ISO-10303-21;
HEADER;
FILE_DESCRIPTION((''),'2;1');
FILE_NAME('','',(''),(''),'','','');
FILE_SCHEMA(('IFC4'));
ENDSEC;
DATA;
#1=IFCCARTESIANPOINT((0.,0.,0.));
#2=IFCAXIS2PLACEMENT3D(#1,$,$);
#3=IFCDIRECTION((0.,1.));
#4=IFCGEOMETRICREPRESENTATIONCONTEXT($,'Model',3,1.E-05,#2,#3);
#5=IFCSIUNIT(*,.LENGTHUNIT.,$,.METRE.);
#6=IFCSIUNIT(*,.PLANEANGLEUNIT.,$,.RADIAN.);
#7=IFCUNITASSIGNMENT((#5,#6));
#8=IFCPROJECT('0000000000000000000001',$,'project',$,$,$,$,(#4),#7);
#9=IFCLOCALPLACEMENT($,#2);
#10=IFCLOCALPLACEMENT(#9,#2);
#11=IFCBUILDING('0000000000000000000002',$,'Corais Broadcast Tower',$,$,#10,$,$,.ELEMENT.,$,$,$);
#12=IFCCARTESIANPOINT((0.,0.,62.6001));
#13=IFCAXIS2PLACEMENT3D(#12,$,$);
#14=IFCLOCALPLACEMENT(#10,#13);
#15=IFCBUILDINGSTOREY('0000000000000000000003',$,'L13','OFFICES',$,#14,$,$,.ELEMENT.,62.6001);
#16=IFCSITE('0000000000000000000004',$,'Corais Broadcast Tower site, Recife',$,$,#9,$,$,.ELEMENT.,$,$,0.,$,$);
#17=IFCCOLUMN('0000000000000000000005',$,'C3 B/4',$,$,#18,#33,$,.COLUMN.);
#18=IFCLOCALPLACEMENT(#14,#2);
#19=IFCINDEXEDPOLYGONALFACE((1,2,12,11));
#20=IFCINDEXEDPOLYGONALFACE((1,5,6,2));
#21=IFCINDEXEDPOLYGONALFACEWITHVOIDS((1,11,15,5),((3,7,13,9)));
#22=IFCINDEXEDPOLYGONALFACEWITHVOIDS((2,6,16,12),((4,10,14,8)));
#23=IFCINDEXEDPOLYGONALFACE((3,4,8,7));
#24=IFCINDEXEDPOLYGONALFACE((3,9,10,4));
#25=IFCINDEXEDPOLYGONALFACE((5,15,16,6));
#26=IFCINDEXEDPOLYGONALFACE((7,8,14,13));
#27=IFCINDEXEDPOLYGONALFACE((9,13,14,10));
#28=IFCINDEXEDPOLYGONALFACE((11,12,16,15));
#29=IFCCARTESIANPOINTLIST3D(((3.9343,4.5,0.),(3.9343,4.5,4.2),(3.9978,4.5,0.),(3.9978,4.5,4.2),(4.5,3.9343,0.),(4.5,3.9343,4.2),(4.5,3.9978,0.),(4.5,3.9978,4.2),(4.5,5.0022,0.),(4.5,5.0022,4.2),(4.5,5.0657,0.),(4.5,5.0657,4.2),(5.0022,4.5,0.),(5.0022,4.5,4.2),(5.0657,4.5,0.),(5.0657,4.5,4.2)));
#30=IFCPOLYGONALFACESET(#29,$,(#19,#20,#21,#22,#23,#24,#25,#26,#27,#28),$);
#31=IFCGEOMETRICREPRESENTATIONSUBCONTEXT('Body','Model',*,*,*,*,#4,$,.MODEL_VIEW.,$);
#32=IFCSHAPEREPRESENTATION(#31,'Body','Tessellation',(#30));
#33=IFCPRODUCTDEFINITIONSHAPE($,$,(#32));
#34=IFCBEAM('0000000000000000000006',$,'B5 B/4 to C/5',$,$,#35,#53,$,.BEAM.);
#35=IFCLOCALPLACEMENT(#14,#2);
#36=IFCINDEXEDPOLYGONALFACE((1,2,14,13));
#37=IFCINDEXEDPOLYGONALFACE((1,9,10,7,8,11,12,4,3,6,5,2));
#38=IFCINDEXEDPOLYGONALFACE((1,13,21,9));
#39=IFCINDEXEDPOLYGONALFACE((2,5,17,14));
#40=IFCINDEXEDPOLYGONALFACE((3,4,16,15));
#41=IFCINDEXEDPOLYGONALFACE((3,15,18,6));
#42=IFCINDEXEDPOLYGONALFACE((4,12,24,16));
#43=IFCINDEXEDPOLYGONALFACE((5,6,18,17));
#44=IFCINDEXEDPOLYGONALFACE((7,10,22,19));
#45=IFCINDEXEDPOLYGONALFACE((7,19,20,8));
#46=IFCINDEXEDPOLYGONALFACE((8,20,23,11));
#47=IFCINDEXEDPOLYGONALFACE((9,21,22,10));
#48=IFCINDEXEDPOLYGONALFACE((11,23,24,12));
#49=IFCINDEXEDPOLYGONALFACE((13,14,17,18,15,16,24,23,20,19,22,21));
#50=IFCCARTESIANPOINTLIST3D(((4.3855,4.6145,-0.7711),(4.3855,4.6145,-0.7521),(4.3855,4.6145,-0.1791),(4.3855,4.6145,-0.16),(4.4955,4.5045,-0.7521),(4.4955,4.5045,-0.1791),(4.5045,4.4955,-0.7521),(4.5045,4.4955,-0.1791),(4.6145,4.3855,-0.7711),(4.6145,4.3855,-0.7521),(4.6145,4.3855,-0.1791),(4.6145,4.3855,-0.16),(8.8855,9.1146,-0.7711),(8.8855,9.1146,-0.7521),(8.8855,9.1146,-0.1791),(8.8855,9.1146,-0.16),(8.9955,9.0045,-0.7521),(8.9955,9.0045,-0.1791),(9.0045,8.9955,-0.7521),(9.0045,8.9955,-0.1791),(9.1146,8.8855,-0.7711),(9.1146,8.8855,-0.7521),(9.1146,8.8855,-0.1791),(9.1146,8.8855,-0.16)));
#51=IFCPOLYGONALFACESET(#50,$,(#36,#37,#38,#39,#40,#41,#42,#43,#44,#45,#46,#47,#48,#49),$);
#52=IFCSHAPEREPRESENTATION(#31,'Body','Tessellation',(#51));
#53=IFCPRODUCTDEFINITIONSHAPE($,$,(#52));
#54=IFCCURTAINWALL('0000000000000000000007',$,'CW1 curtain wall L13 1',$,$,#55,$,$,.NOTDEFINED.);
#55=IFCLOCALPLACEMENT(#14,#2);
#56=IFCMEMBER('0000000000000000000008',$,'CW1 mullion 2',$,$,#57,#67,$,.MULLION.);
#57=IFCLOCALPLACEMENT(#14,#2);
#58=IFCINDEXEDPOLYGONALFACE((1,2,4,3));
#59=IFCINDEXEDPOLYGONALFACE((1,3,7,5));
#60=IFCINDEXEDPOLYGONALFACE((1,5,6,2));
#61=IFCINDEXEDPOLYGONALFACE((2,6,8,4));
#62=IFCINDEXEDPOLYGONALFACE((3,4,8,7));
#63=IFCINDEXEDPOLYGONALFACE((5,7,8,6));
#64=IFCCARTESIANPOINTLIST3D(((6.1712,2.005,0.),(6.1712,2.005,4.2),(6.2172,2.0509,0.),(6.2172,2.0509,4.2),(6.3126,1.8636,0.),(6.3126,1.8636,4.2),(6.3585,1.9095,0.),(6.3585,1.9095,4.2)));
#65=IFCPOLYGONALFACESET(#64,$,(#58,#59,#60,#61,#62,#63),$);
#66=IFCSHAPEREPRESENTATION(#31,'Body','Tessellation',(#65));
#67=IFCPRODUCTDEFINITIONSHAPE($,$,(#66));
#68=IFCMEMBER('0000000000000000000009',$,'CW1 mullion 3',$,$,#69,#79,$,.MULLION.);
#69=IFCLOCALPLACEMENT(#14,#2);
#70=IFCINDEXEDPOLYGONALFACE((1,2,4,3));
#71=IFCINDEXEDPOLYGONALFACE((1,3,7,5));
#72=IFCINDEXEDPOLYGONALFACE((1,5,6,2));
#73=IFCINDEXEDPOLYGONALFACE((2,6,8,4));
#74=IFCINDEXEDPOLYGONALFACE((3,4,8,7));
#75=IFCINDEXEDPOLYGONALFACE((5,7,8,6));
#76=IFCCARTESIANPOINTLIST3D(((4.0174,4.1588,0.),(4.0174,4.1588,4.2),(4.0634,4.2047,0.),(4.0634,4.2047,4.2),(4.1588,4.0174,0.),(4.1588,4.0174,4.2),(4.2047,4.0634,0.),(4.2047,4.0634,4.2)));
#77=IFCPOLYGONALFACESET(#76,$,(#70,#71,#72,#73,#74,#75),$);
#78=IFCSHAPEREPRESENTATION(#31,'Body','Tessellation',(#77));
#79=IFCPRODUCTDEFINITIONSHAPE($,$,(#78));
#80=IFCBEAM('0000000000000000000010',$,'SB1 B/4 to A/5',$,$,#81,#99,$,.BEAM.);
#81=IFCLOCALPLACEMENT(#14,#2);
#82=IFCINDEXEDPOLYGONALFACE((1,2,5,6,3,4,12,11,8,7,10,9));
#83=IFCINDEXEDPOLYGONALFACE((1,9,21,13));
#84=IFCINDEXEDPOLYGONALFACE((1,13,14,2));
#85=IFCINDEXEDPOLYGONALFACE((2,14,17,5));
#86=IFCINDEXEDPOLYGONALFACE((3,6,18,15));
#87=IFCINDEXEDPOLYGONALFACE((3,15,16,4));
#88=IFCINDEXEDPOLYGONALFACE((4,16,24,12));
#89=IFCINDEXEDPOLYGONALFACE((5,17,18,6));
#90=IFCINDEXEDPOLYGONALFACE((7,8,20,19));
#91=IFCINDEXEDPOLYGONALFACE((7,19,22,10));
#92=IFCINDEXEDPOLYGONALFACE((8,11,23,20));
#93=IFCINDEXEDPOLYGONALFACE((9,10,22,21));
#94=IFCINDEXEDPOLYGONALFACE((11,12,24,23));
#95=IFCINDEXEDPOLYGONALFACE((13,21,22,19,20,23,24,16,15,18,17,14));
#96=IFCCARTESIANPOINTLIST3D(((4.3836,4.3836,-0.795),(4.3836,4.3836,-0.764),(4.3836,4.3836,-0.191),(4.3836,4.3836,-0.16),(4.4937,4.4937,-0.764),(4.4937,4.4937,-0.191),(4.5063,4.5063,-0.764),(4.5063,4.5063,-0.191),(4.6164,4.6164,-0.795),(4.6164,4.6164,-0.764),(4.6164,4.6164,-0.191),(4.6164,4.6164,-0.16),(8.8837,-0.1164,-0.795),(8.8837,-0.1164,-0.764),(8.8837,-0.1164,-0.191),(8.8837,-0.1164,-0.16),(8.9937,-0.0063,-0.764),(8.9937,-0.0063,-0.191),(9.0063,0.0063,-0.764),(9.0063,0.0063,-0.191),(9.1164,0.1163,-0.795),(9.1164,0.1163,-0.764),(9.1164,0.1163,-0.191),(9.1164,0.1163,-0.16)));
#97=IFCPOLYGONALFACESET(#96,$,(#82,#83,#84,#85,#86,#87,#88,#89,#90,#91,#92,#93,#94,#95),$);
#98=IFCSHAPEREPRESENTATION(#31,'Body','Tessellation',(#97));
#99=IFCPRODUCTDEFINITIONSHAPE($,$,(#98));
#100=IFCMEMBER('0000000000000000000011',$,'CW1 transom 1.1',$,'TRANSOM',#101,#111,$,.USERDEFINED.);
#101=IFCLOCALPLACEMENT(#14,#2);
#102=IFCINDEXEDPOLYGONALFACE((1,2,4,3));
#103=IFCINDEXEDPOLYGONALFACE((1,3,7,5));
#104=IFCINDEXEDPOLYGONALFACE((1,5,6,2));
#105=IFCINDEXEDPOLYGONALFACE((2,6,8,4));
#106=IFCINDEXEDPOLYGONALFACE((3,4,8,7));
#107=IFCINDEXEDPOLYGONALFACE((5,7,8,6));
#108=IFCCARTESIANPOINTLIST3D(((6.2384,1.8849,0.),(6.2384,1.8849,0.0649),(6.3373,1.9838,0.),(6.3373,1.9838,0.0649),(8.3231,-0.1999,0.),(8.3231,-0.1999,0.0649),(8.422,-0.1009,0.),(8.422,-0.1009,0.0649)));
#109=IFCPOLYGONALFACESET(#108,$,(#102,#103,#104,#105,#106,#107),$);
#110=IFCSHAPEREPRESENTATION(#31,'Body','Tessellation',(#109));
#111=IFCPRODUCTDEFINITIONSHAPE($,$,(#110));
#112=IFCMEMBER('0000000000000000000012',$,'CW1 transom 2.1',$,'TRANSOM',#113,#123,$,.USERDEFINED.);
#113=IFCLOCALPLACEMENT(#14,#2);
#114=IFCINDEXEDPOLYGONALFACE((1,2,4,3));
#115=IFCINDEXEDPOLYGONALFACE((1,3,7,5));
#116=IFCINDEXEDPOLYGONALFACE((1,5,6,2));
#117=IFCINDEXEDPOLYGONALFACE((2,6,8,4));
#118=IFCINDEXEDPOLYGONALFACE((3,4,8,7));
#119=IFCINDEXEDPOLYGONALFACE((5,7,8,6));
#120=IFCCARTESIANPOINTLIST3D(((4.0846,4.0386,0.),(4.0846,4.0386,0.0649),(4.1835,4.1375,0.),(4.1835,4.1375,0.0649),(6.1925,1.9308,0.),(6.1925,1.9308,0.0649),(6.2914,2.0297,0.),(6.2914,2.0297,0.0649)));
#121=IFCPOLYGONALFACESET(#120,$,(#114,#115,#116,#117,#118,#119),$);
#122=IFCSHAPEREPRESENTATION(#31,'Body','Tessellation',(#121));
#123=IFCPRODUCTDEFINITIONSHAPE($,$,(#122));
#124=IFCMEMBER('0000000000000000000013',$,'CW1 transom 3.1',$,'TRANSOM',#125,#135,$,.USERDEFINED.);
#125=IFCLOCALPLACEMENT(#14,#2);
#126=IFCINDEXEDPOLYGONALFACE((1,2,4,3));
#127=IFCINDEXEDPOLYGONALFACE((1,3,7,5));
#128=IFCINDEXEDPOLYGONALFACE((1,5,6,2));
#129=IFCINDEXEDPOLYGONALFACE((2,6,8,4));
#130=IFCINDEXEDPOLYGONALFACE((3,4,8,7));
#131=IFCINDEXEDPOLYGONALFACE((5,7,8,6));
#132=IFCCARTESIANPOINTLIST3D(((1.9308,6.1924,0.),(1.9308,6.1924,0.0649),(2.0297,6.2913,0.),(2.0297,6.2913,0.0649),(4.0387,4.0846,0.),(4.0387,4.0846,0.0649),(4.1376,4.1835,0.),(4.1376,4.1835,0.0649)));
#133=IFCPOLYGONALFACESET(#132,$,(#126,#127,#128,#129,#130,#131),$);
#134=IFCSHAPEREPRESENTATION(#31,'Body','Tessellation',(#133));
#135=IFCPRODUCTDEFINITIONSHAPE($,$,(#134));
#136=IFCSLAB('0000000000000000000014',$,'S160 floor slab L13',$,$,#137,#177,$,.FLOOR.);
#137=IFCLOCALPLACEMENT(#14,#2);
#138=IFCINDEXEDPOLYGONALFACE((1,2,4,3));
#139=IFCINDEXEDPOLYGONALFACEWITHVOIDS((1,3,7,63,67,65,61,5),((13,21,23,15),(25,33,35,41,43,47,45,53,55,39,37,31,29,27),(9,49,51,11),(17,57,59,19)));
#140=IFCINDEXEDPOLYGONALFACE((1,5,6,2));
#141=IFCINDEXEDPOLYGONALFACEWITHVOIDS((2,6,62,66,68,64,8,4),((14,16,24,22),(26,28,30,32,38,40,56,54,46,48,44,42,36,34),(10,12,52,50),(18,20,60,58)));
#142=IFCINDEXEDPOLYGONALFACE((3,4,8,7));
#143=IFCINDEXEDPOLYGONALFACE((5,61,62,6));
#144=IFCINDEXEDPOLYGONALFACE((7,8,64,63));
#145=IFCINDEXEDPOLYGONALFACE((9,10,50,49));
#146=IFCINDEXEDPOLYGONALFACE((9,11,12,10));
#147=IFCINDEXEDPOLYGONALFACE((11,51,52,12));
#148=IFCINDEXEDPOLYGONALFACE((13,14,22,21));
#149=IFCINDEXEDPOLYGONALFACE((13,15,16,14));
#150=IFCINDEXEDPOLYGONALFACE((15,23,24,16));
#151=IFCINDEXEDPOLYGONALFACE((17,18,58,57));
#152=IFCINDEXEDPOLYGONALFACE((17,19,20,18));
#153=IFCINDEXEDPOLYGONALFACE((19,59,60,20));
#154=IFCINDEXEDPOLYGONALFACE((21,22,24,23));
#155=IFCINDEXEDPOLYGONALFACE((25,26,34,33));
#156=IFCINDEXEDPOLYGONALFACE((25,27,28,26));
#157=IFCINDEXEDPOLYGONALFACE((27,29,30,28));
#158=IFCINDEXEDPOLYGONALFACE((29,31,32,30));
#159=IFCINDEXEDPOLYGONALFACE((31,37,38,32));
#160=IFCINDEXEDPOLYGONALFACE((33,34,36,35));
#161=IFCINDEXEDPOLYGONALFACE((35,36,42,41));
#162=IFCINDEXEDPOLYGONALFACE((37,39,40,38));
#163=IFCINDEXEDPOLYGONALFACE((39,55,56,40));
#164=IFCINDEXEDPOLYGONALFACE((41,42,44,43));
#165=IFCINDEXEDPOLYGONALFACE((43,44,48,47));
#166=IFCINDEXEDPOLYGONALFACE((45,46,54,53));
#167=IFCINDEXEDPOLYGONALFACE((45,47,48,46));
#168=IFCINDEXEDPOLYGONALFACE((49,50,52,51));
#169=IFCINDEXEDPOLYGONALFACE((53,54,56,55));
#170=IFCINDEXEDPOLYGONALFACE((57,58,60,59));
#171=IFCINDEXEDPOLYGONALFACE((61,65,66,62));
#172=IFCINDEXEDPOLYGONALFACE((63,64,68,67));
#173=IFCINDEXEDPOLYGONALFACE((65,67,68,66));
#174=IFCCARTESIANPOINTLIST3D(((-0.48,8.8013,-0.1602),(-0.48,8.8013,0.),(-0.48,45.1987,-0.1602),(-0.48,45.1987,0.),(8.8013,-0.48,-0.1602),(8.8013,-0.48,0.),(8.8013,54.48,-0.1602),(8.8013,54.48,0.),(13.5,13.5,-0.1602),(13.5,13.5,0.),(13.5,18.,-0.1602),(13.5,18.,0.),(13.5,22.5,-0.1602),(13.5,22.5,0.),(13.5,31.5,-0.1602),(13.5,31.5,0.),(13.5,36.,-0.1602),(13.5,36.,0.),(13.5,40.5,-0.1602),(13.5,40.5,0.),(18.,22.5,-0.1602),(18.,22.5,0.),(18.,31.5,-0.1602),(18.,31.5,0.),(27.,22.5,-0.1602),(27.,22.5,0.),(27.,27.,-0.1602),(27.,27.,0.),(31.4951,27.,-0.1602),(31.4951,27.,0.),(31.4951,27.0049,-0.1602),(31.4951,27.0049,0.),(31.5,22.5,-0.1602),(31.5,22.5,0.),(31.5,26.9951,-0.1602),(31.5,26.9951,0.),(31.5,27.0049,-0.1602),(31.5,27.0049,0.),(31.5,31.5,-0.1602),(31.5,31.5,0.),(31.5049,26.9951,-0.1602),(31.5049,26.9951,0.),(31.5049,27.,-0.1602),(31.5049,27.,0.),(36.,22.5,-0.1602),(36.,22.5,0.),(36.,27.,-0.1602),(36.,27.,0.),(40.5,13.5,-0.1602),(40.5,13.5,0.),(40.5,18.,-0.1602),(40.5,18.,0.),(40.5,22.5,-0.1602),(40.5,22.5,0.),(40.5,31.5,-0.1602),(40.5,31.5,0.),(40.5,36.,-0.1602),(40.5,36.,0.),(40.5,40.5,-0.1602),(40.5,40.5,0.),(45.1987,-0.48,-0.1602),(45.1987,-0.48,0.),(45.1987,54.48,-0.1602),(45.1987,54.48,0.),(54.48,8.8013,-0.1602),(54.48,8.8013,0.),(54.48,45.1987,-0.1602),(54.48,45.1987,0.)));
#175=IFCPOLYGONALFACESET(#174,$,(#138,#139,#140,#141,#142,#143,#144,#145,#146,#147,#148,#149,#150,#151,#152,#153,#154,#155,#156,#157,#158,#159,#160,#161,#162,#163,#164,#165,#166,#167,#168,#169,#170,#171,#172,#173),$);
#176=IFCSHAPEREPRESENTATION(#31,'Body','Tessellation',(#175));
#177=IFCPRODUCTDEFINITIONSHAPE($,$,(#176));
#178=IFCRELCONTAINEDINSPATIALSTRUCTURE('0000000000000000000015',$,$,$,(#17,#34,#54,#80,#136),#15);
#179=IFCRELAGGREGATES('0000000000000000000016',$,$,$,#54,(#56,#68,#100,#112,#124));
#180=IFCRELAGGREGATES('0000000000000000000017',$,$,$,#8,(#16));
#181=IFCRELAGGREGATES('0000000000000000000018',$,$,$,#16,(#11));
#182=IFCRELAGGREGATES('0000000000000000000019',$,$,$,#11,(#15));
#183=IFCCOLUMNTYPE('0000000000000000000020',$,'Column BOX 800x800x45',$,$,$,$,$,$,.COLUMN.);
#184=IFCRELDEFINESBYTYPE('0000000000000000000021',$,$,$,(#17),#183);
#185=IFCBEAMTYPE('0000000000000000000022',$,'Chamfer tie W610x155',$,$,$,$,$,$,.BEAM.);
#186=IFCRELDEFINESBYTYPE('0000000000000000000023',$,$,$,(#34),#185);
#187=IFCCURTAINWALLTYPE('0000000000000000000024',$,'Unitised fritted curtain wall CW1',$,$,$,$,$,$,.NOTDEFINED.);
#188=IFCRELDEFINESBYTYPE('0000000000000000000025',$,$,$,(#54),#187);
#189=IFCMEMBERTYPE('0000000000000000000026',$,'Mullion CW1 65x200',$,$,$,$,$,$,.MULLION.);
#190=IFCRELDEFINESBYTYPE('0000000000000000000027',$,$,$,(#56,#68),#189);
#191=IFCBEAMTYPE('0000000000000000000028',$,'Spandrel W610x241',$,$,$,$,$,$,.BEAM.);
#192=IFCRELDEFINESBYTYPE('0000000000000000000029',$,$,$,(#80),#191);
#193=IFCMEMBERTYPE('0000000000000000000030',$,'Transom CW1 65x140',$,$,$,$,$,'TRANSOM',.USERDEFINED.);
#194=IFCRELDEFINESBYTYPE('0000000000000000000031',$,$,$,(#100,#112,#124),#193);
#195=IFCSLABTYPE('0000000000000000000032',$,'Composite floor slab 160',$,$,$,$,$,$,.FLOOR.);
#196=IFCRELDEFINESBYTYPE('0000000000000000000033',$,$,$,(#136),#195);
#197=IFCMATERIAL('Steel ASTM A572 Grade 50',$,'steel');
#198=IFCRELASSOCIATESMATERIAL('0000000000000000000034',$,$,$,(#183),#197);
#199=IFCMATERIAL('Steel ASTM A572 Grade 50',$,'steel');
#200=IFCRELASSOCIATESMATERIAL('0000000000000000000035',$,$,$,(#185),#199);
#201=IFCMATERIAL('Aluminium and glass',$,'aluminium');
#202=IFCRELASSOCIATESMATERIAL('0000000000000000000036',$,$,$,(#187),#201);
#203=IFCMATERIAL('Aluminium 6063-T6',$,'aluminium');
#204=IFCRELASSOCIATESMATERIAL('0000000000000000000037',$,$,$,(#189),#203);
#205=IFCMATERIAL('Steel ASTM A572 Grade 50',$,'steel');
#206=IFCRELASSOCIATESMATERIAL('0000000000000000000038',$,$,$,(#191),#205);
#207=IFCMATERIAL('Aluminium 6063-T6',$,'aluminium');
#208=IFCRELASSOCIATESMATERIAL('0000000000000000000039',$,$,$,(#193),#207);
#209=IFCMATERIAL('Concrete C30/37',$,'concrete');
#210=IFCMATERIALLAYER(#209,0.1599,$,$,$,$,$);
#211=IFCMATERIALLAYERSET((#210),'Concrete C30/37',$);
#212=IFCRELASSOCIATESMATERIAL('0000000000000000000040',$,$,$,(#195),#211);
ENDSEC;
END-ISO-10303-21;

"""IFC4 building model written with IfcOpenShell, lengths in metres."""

from ifc_helpers import new_model, si_unit, direction, frame, origin, origin_2d, place, context, subcontext, project, spatial, polyline, rectangle, hollow_rectangle, i_section, outline, extrude, material, layer, layer_set, material_profile, profile_set, type_object, element, aggregate, save


model = new_model("IFC4")

# Units and contexts
model_context = context("Model", 3, precision=1e-05, world=origin(), true_north=direction((0.0, 1.0)))
body_context = subcontext(model_context, "Body", "Model", "MODEL_VIEW")
ifc_project = project(units=[si_unit("LENGTHUNIT", "METRE"), si_unit("PLANEANGLEUNIT", "RADIAN")], contexts=[model_context])

# Site, building, storey
site_placement = place(None, origin())
site = spatial("IfcSite", under=ifc_project, at=site_placement, Name="Corais Broadcast Tower site, Recife", CompositionType="ELEMENT", RefElevation=0.0)
building_placement = place(site_placement, origin())
building = spatial("IfcBuilding", under=site, at=building_placement, Name="Corais Broadcast Tower", CompositionType="ELEMENT")
storey_placement = place(building_placement, frame((0.0, 0.0, 62.6001)))
storey = spatial("IfcBuildingStorey", under=building, at=storey_placement, Name="L13", Description="OFFICES", CompositionType="ELEMENT", Elevation=62.6001)

# Column
ifc_material_1 = material(Name="Steel ASTM A572 Grade 50", Category="steel")
ifc_material_profile_1 = material_profile(ifc_material_1, hollow_rectangle(XDim=0.8, YDim=0.8, WallThickness=0.0449, at=origin_2d()), Name="BOX 800x800x45")
ifc_profile_set_1 = profile_set([ifc_material_profile_1], Name="Steel ASTM A572 Grade 50")
column_type = type_object("IfcColumnType", Name="Column BOX 800x800x45", PredefinedType="COLUMN", material=ifc_profile_set_1)
column_placement = place(storey_placement, frame((4.5, 4.5, 0.0), z_axis=(0.0, 0.0, 1.0), x_axis=(0.707107, 0.707107, 0.0)))
element("IfcColumn", 1, at=column_placement, inside=storey, type_object=column_type, Name="C3 B/4", PredefinedType="COLUMN", context=body_context, shape_type="SweptSolid", body=[
    extrude(hollow_rectangle(XDim=0.8, YDim=0.8, WallThickness=0.0449, at=origin_2d()), origin(), (0.0, 0.0, 1.0), 4.2),
])

# Beam
ifc_material_2 = material(Name="Steel ASTM A572 Grade 50", Category="steel")
ifc_material_profile_2 = material_profile(ifc_material_2, i_section(OverallWidth=0.324, OverallDepth=0.6111, WebThickness=0.0127, FlangeThickness=0.019, at=origin_2d()), Name="W610x155")
ifc_profile_set_2 = profile_set([ifc_material_profile_2], Name="Steel ASTM A572 Grade 50")
beam_type_1 = type_object("IfcBeamType", Name="Chamfer tie W610x155", PredefinedType="BEAM", material=ifc_profile_set_2)
beam_1_placement = place(storey_placement, frame((4.5, 4.5, -0.4656), z_axis=(0.707107, 0.707107, 0.0), x_axis=(-0.707107, 0.707107, 0.0)))
element("IfcBeam", 2, at=beam_1_placement, inside=storey, type_object=beam_type_1, Name="B5 B/4 to C/5", PredefinedType="BEAM", context=body_context, shape_type="SweptSolid", body=[
    extrude(i_section(OverallWidth=0.324, OverallDepth=0.6111, WebThickness=0.0127, FlangeThickness=0.019, at=origin_2d()), origin(), (0.0, 0.0, 1.0), 6.364),
])

# Curtain wall, members
ifc_material_3 = material(Name="Aluminium and glass", Category="aluminium")
curtain_wall_type = type_object("IfcCurtainWallType", Name="Unitised fritted curtain wall CW1", PredefinedType="NOTDEFINED", material=ifc_material_3)
curtain_wall_placement = place(storey_placement, origin())
curtain_wall = element("IfcCurtainWall", 3, at=curtain_wall_placement, inside=storey, type_object=curtain_wall_type, Name="CW1 curtain wall L13 1", PredefinedType="NOTDEFINED")
ifc_material_4 = material(Name="Aluminium 6063-T6", Category="aluminium")
ifc_material_profile_3 = material_profile(ifc_material_4, rectangle(XDim=0.0649, YDim=0.2, at=origin_2d()), Name="Mullion CW1 65x200")
ifc_profile_set_3 = profile_set([ifc_material_profile_3], Name="Aluminium 6063-T6")
member_type_1 = type_object("IfcMemberType", Name="Mullion CW1 65x200", PredefinedType="MULLION", material=ifc_profile_set_3)
member_1_placement = place(storey_placement, frame((6.2649, 1.9573, 0.0), z_axis=(0.0, 0.0, 1.0), x_axis=(-0.707107, -0.707107, 0.0)))
member_1 = element("IfcMember", 4, at=member_1_placement, type_object=member_type_1, Name="CW1 mullion 2", PredefinedType="MULLION", context=body_context, shape_type="SweptSolid", body=[
    extrude(rectangle(XDim=0.0649, YDim=0.2, at=origin_2d()), origin(), (0.0, 0.0, 1.0), 4.2),
])
member_2_placement = place(storey_placement, frame((4.1111, 4.1111, 0.0), z_axis=(0.0, 0.0, 1.0), x_axis=(-0.707107, -0.707107, 0.0)))
member_2 = element("IfcMember", 5, at=member_2_placement, type_object=member_type_1, Name="CW1 mullion 3", PredefinedType="MULLION", context=body_context, shape_type="SweptSolid", body=[
    extrude(rectangle(XDim=0.0649, YDim=0.2, at=origin_2d()), origin(), (0.0, 0.0, 1.0), 4.2),
])

# Beam
ifc_material_5 = material(Name="Steel ASTM A572 Grade 50", Category="steel")
ifc_material_profile_4 = material_profile(ifc_material_5, i_section(OverallWidth=0.3291, OverallDepth=0.635, WebThickness=0.0178, FlangeThickness=0.031, at=origin_2d()), Name="W610x241")
ifc_profile_set_4 = profile_set([ifc_material_profile_4], Name="Steel ASTM A572 Grade 50")
beam_type_2 = type_object("IfcBeamType", Name="Spandrel W610x241", PredefinedType="BEAM", material=ifc_profile_set_4)
beam_2_placement = place(storey_placement, frame((4.5, 4.5, -0.4775), z_axis=(0.707107, -0.707107, 0.0), x_axis=(0.707107, 0.707107, 0.0)))
element("IfcBeam", 6, at=beam_2_placement, inside=storey, type_object=beam_type_2, Name="SB1 B/4 to A/5", PredefinedType="BEAM", context=body_context, shape_type="SweptSolid", body=[
    extrude(i_section(OverallWidth=0.3291, OverallDepth=0.635, WebThickness=0.0178, FlangeThickness=0.031, at=origin_2d()), origin(), (0.0, 0.0, 1.0), 6.364),
])

# Members
ifc_material_6 = material(Name="Aluminium 6063-T6", Category="aluminium")
ifc_material_profile_5 = material_profile(ifc_material_6, rectangle(XDim=0.1399, YDim=0.0649, at=origin_2d()), Name="Transom CW1 65x140")
ifc_profile_set_5 = profile_set([ifc_material_profile_5], Name="Aluminium 6063-T6")
member_type_2 = type_object("IfcMemberType", Name="Transom CW1 65x140", ElementType="TRANSOM", PredefinedType="USERDEFINED", material=ifc_profile_set_5)
member_3_placement = place(storey_placement, frame((8.3726, -0.1504, 0.0325), z_axis=(-0.707107, 0.707107, 0.0), x_axis=(-0.707107, -0.707107, 0.0)))
member_3 = element("IfcMember", 7, at=member_3_placement, type_object=member_type_2, Name="CW1 transom 1.1", ObjectType="TRANSOM", PredefinedType="USERDEFINED", context=body_context, shape_type="SweptSolid", body=[
    extrude(rectangle(XDim=0.1399, YDim=0.0649, at=origin_2d()), origin(), (0.0, 0.0, 1.0), 2.9482),
])
member_4_placement = place(storey_placement, frame((6.2419, 1.9802, 0.0325), z_axis=(-0.707107, 0.707107, 0.0), x_axis=(-0.707107, -0.707107, 0.0)))
member_4 = element("IfcMember", 8, at=member_4_placement, type_object=member_type_2, Name="CW1 transom 2.1", ObjectType="TRANSOM", PredefinedType="USERDEFINED", context=body_context, shape_type="SweptSolid", body=[
    extrude(rectangle(XDim=0.1399, YDim=0.0649, at=origin_2d()), origin(), (0.0, 0.0, 1.0), 2.981),
])
member_5_placement = place(storey_placement, frame((4.0881, 4.134, 0.0325), z_axis=(-0.707107, 0.707107, 0.0), x_axis=(-0.707107, -0.707107, 0.0)))
member_5 = element("IfcMember", 9, at=member_5_placement, type_object=member_type_2, Name="CW1 transom 3.1", ObjectType="TRANSOM", PredefinedType="USERDEFINED", context=body_context, shape_type="SweptSolid", body=[
    extrude(rectangle(XDim=0.1399, YDim=0.0649, at=origin_2d()), origin(), (0.0, 0.0, 1.0), 2.981),
])

# Slab
ifc_material_7 = material(Name="Concrete C30/37", Category="concrete")
ifc_layer_1 = layer(ifc_material_7, 0.1599)
ifc_layer_set_1 = layer_set([ifc_layer_1], Name="Concrete C30/37")
slab_type_1 = type_object("IfcSlabType", Name="Composite floor slab 160", PredefinedType="FLOOR", material=ifc_layer_set_1)
slab_1_placement = place(storey_placement, frame((0.0, 0.0, -0.1602)))
element("IfcSlab", 10, at=slab_1_placement, inside=storey, type_object=slab_type_1, Name="S160 floor slab L13", PredefinedType="FLOOR", context=body_context, shape_type="SweptSolid", body=[
    extrude(outline(polyline([(8.8013, -0.48), (-0.48, 8.8013), (-0.48, 45.1987), (8.8013, 54.48), (45.1987, 54.48), (54.48, 45.1987), (54.48, 8.8013), (45.1987, -0.48), (8.8013, -0.48)]), holes=[polyline([(13.5, 18.0), (40.5, 18.0), (40.5, 13.5), (13.5, 13.5), (13.5, 18.0)]), polyline([(13.5, 22.5), (13.5, 31.5), (18.0, 31.5), (18.0, 22.5), (13.5, 22.5)]), polyline([(13.5, 40.5), (40.5, 40.5), (40.5, 36.0), (13.5, 36.0), (13.5, 40.5)]), polyline([(27.0, 22.5), (27.0, 27.0), (31.4951, 27.0), (31.4951, 27.0049), (31.5, 27.0049), (31.5, 31.5), (40.5, 31.5), (40.5, 22.5), (36.0, 22.5), (36.0, 27.0), (31.5049, 27.0), (31.5049, 26.9951), (31.5, 26.9951), (31.5, 22.5), (27.0, 22.5)])]), origin(), (0.0, 0.0, 1.0), 0.1602),
])

aggregate(curtain_wall, [member_1, member_2, member_3, member_4, member_5])

save(model, "model.ifc")
